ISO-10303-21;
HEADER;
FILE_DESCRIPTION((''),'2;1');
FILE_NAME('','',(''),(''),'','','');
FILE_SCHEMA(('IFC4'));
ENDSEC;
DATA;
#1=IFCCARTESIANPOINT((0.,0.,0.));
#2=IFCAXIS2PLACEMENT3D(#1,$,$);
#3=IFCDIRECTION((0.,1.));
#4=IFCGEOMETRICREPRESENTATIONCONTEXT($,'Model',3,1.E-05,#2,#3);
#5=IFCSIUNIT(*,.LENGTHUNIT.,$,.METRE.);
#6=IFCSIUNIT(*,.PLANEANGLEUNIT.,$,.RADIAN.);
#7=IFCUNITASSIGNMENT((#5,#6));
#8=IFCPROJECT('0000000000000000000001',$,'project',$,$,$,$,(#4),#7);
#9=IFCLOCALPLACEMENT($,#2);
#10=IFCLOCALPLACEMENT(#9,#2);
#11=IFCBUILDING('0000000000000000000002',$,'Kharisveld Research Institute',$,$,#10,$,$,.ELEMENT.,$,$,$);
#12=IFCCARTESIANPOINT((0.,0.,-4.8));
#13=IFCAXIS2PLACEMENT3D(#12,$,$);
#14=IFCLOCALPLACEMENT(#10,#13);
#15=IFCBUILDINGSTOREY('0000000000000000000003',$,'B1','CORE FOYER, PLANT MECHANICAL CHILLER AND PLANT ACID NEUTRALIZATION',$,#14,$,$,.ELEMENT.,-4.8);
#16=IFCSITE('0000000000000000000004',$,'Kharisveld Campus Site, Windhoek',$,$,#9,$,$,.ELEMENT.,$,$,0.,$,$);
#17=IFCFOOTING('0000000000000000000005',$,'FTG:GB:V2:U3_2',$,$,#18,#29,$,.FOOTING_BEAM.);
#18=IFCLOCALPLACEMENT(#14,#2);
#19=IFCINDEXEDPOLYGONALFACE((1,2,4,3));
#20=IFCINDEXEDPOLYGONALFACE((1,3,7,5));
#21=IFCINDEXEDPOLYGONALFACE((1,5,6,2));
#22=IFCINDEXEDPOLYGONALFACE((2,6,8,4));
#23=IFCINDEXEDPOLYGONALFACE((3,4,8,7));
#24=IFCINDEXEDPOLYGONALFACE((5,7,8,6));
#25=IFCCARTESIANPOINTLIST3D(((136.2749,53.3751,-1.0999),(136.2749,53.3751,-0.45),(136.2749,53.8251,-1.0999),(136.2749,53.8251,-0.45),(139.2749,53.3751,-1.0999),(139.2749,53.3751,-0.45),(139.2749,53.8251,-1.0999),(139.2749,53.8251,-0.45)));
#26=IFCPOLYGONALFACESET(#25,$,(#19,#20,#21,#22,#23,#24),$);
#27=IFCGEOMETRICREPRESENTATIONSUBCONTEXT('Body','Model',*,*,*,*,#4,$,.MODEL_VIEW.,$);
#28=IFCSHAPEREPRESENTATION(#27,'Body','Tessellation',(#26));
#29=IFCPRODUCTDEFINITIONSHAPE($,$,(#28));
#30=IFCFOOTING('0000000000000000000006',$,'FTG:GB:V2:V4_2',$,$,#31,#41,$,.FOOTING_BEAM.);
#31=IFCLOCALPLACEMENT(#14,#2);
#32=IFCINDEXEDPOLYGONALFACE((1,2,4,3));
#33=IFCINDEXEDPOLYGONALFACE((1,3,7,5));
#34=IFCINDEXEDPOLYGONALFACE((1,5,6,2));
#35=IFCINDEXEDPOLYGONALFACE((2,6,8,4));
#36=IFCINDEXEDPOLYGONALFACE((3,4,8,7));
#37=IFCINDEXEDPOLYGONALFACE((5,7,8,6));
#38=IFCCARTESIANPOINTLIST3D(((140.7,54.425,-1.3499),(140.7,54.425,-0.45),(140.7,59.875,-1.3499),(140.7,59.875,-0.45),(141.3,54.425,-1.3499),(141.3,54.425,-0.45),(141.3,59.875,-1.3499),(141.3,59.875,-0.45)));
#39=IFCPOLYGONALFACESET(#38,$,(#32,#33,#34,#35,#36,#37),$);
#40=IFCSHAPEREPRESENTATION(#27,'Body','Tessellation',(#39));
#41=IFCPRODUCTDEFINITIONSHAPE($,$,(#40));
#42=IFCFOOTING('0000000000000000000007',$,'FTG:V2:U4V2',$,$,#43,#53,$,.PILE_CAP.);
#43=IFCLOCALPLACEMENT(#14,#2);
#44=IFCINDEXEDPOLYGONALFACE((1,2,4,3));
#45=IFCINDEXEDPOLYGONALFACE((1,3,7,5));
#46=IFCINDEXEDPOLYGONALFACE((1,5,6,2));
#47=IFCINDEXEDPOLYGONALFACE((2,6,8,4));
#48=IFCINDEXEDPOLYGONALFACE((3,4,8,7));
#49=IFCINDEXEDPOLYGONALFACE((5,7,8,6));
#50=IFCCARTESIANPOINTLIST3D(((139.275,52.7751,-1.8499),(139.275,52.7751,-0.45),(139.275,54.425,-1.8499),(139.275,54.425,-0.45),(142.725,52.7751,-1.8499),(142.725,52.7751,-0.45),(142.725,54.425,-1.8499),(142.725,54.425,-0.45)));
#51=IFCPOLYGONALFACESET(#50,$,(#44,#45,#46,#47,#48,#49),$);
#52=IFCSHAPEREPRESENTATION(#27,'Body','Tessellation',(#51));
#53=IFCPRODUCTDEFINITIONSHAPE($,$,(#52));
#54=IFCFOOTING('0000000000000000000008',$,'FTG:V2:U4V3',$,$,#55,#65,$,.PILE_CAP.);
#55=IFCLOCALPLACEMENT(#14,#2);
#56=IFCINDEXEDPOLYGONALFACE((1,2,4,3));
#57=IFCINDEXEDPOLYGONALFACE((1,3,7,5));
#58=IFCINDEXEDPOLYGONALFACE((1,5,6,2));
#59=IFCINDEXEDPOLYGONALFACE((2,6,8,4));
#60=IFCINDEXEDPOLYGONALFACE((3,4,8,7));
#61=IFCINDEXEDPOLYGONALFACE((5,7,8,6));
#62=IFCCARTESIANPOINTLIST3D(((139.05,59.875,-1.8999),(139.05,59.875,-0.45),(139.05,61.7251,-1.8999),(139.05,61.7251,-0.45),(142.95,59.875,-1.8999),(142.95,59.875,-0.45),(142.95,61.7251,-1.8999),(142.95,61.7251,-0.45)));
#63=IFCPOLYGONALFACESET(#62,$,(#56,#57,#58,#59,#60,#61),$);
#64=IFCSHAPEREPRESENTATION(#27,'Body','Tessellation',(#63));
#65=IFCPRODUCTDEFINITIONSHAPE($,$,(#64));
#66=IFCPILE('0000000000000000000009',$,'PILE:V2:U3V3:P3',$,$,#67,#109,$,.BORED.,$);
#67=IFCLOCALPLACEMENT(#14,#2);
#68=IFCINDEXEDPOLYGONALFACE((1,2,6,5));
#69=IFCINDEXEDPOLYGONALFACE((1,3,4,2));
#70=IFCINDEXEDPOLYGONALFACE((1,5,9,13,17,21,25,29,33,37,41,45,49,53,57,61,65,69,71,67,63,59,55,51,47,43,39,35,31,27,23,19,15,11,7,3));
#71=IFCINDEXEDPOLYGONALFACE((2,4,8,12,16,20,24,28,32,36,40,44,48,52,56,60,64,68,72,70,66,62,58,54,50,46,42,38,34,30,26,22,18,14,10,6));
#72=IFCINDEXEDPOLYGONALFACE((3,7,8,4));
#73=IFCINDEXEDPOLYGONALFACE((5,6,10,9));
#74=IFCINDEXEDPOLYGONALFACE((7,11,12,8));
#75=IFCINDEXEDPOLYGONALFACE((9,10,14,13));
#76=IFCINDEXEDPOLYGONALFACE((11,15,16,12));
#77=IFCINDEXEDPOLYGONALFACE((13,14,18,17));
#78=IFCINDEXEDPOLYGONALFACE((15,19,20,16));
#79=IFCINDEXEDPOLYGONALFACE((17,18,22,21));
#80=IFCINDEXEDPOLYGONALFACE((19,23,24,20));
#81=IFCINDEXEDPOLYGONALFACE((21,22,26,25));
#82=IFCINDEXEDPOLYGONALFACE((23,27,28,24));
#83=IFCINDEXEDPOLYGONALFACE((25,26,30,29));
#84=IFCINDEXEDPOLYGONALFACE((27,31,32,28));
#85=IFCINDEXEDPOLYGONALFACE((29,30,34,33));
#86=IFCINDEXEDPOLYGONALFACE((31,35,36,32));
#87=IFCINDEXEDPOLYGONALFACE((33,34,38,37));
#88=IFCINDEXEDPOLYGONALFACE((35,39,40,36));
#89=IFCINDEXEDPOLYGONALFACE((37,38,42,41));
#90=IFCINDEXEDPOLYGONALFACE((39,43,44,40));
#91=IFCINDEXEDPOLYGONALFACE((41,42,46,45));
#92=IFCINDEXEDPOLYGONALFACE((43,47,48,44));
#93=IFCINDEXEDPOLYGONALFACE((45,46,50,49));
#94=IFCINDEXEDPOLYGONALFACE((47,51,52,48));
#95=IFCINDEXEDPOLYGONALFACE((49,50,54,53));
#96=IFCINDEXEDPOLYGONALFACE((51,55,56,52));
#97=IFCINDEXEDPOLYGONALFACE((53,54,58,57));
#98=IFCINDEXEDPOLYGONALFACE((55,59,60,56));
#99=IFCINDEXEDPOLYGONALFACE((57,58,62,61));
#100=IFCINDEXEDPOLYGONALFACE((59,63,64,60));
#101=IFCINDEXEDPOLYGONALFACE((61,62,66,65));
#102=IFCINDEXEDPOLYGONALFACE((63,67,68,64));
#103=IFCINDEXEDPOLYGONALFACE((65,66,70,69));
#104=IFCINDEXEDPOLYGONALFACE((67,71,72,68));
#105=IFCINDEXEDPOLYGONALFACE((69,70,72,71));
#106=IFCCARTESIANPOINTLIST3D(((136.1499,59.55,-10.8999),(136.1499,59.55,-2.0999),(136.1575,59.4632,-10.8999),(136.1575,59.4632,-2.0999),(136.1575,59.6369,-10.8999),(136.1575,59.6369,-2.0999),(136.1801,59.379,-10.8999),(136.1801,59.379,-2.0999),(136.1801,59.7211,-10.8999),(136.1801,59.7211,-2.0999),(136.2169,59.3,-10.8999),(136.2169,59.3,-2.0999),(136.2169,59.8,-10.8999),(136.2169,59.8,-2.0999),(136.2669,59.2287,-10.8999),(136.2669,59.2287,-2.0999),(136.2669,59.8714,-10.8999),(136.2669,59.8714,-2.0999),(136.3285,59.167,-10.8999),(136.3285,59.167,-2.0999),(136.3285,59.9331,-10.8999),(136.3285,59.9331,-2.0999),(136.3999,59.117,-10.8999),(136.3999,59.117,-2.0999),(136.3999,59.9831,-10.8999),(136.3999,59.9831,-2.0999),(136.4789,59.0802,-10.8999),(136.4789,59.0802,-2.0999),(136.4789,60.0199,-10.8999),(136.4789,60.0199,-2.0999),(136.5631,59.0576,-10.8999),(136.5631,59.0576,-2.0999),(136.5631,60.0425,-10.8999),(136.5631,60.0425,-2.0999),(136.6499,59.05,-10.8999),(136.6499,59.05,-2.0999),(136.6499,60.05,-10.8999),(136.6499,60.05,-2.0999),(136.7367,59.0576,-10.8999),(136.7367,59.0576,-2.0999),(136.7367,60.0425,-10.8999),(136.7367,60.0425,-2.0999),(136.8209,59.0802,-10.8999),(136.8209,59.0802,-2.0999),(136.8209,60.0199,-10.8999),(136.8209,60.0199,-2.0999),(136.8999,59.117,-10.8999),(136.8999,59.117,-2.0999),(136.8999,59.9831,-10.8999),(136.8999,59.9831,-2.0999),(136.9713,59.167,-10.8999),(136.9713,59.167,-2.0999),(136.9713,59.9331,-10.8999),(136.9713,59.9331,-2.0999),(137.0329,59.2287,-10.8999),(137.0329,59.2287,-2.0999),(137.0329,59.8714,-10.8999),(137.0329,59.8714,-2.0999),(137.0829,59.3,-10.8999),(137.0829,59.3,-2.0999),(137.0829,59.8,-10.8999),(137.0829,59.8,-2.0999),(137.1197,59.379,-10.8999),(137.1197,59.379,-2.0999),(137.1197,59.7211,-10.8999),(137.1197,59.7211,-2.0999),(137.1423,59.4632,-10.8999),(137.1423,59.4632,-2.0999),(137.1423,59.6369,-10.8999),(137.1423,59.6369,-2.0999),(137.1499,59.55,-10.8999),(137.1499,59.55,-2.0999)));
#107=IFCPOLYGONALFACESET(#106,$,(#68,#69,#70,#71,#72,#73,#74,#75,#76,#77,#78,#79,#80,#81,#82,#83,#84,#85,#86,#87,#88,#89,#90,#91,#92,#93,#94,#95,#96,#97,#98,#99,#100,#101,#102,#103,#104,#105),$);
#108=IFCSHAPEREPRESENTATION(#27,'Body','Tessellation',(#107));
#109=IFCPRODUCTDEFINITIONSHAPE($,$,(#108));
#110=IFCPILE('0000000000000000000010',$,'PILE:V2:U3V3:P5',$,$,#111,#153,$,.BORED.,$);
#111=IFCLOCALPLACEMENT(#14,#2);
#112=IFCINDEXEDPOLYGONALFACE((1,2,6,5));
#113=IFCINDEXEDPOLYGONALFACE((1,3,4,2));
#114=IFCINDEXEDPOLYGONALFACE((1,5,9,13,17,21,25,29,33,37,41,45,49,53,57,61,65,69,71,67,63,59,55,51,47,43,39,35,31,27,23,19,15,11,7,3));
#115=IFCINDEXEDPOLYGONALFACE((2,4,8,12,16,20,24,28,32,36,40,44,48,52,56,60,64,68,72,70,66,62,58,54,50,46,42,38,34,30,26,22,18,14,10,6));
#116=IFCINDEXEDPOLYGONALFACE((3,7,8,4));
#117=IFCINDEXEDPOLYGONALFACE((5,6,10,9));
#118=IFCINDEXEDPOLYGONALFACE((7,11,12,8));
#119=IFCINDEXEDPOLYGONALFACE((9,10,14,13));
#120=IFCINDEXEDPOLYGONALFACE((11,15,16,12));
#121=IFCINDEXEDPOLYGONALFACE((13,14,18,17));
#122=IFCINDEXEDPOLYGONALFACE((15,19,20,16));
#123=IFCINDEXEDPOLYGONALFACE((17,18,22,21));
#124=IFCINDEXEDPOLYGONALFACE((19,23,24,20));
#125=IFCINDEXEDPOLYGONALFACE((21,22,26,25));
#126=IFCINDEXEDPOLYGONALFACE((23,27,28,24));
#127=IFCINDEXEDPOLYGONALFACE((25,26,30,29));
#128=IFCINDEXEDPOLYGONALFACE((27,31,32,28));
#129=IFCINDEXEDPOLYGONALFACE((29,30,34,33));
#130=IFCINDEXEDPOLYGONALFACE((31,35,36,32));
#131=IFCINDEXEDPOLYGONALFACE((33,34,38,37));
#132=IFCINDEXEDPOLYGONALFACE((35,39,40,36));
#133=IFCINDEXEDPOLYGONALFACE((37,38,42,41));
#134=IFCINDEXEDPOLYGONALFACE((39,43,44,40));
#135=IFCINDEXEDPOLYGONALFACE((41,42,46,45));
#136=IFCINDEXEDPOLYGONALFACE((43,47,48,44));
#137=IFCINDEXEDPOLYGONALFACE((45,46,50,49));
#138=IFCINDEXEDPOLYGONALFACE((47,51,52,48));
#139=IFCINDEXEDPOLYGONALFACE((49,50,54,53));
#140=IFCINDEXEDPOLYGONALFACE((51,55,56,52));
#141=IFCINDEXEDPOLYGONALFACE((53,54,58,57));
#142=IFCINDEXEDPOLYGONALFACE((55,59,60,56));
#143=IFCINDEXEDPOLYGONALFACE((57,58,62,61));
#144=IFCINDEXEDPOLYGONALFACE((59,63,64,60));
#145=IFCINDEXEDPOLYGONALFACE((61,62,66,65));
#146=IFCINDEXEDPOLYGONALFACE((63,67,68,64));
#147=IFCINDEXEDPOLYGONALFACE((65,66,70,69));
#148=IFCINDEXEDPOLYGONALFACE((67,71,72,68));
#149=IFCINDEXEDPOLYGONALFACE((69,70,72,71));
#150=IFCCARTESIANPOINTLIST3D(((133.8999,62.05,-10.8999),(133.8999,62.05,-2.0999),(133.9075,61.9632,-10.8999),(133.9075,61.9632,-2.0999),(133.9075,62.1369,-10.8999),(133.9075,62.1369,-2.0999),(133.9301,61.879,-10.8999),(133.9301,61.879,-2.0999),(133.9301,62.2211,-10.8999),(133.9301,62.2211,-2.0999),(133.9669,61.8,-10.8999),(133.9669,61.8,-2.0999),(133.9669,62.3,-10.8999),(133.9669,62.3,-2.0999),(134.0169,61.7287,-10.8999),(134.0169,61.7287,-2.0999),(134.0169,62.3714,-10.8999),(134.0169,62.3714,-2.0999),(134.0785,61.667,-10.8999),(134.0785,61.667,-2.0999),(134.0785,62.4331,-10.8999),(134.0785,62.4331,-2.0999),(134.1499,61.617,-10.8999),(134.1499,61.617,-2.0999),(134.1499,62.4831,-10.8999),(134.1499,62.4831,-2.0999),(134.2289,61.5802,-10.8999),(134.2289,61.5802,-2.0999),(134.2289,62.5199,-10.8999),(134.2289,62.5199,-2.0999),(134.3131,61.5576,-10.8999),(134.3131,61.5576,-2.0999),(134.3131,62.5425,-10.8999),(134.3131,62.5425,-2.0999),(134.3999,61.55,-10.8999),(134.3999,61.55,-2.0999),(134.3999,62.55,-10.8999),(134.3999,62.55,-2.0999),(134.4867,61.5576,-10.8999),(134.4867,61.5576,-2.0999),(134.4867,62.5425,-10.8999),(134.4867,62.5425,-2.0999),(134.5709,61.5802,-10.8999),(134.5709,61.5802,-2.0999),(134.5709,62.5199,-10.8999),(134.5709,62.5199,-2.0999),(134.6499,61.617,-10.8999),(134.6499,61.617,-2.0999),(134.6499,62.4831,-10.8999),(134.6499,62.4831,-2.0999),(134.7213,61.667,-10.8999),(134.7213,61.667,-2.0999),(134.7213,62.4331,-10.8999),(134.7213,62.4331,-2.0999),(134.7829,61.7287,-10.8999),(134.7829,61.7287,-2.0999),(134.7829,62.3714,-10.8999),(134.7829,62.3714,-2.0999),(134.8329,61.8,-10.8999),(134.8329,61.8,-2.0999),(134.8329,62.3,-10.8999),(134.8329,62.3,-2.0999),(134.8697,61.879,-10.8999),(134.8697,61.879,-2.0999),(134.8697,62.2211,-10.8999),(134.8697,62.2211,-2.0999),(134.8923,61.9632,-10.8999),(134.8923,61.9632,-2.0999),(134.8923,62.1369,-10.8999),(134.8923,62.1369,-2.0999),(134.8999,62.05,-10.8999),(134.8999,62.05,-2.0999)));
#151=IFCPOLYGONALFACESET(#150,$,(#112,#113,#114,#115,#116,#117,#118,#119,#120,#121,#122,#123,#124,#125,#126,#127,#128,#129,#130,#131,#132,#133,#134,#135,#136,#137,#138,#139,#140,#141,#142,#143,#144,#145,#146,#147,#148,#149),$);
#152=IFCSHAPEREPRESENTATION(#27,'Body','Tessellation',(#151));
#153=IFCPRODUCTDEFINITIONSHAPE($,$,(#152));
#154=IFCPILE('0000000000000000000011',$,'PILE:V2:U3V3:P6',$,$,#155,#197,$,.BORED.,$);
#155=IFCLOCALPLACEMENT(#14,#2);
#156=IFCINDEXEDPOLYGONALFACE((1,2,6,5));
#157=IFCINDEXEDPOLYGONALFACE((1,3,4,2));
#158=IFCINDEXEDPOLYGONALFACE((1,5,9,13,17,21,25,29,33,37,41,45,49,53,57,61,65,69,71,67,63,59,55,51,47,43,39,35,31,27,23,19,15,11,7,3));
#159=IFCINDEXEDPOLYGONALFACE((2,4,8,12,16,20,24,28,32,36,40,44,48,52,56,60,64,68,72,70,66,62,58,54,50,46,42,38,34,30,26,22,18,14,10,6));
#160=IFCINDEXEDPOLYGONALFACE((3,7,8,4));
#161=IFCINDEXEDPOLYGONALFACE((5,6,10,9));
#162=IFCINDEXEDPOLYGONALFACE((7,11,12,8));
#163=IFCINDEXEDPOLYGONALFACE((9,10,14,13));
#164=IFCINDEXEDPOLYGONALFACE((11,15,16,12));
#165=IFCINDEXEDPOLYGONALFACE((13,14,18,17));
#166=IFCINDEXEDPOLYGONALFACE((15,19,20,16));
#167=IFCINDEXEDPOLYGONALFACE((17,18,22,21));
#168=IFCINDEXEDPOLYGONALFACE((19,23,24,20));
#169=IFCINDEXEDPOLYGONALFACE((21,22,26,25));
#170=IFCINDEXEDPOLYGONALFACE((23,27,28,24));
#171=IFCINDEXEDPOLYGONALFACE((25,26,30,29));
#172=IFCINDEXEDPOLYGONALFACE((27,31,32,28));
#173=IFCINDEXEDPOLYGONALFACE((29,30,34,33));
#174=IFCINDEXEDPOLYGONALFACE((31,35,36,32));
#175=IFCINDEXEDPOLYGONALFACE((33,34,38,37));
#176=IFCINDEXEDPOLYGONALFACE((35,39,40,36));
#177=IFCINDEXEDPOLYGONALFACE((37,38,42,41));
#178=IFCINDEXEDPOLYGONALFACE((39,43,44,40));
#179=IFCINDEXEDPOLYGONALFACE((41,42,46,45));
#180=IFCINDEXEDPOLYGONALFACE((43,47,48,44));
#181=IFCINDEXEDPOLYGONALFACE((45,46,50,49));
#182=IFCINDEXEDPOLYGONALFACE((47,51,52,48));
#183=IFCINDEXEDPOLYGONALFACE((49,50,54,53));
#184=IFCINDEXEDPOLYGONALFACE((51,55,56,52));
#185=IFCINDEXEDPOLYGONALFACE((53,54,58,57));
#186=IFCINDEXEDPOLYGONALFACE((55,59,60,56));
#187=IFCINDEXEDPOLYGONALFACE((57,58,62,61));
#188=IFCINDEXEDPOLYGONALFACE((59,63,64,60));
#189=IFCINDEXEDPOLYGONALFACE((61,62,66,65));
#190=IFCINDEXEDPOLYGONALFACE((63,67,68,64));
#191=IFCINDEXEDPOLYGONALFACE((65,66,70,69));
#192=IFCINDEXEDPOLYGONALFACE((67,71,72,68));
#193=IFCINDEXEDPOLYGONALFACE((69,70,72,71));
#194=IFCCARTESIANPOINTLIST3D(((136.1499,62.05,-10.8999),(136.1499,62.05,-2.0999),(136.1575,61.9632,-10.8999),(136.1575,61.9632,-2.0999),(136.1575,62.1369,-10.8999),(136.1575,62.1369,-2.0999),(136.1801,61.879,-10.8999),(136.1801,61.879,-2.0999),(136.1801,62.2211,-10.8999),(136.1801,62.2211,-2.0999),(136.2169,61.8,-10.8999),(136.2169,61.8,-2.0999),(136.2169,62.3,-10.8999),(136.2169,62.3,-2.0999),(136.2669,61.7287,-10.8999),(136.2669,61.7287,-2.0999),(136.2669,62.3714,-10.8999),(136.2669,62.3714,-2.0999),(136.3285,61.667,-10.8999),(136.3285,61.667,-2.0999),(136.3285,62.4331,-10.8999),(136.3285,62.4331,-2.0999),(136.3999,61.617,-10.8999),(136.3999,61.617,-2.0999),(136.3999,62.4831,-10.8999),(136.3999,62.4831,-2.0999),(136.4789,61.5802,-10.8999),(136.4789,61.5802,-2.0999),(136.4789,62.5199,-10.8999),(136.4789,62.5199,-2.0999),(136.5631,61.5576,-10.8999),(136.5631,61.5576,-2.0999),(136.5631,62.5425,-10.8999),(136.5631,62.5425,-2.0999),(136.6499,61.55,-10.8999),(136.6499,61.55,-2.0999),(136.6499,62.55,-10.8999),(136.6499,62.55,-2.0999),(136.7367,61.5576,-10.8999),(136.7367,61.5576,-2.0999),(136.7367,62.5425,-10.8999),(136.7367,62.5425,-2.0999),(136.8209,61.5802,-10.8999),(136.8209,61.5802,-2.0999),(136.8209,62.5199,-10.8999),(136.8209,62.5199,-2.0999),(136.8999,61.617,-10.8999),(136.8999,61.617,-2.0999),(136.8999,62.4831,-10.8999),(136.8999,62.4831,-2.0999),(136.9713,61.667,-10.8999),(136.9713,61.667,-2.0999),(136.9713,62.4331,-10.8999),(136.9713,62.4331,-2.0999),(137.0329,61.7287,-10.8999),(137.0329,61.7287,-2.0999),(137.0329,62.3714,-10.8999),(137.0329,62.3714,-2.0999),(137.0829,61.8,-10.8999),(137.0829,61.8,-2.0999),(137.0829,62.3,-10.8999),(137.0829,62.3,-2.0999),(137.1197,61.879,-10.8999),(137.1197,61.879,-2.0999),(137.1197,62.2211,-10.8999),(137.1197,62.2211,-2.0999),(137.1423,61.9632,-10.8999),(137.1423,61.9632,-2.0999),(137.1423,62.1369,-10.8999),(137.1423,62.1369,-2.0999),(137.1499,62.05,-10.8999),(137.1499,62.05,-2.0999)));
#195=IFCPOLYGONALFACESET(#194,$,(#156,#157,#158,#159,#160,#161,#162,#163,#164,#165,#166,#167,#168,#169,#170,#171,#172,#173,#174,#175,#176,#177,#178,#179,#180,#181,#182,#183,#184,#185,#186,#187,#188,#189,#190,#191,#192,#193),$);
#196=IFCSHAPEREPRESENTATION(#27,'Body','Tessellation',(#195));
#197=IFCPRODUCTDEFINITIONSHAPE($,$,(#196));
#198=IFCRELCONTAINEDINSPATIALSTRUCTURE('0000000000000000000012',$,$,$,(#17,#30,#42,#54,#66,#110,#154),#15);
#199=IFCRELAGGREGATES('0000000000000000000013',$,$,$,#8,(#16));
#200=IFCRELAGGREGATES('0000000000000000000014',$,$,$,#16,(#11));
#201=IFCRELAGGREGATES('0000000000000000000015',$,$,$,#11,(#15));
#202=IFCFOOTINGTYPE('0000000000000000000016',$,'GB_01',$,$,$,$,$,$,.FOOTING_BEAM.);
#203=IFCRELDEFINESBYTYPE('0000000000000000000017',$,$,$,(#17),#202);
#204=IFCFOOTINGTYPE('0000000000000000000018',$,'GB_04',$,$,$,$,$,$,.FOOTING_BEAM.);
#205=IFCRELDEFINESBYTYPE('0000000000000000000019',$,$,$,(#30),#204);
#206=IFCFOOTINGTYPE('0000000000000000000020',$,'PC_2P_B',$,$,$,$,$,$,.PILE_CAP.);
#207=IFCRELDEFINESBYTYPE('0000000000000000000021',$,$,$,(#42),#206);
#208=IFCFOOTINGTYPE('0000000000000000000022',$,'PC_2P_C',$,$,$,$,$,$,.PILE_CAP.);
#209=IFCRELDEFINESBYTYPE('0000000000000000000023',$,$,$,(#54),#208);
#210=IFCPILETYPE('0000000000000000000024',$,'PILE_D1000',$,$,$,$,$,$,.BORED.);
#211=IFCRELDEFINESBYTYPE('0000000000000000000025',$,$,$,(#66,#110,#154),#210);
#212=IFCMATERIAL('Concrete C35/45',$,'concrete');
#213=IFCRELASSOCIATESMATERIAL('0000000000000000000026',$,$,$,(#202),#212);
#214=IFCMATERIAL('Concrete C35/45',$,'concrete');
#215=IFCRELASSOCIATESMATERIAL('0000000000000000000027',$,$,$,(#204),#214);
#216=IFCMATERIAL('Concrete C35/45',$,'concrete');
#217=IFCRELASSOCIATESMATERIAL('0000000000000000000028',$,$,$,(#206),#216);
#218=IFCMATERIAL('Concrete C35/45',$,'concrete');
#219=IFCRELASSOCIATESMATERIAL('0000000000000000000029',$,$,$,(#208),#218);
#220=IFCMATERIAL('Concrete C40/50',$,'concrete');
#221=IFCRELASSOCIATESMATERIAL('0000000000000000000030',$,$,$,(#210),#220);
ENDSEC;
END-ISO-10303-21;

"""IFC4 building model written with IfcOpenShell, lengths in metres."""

from ifc_helpers import new_model, si_unit, direction, frame, origin, origin_2d, place, context, subcontext, project, spatial, rectangle, circle, extrude, material, material_profile, profile_set, type_object, element, save


model = new_model("IFC4")

# Units and contexts
model_context = context("Model", 3, precision=1e-05, world=origin(), true_north=direction((0.0, 1.0)))
body_context = subcontext(model_context, "Body", "Model", "MODEL_VIEW")
ifc_project = project(units=[si_unit("LENGTHUNIT", "METRE"), si_unit("PLANEANGLEUNIT", "RADIAN")], contexts=[model_context])

# Site, building, storey
site_placement = place(None, origin())
site = spatial("IfcSite", under=ifc_project, at=site_placement, Name="Kharisveld Campus Site, Windhoek", CompositionType="ELEMENT", RefElevation=0.0)
building_placement = place(site_placement, origin())
building = spatial("IfcBuilding", under=site, at=building_placement, Name="Kharisveld Research Institute", CompositionType="ELEMENT")
storey_placement = place(building_placement, frame((0.0, 0.0, -4.8)))
storey = spatial("IfcBuildingStorey", under=building, at=storey_placement, Name="B1", Description="CORE FOYER, PLANT MECHANICAL CHILLER AND PLANT ACID NEUTRALIZATION", CompositionType="ELEMENT", Elevation=-4.8)

# Footings
ifc_material_1 = material(Name="Concrete C35/45", Category="concrete")
ifc_material_profile_1 = material_profile(ifc_material_1, rectangle(XDim=0.45, YDim=0.6499, at=origin_2d()))
ifc_profile_set_1 = profile_set([ifc_material_profile_1], Name="Concrete C35/45")
footing_type_1 = type_object("IfcFootingType", Name="GB_01", PredefinedType="FOOTING_BEAM", material=ifc_profile_set_1)
footing_1_placement = place(storey_placement, frame((136.2749, 53.6001, -0.7749), z_axis=(1.0, 0.0, 0.0), x_axis=(0.0, 1.0, 0.0)))
element("IfcFooting", 1, at=footing_1_placement, inside=storey, type_object=footing_type_1, Name="FTG:GB:V2:U3_2", PredefinedType="FOOTING_BEAM", context=body_context, shape_type="SweptSolid", body=[
    extrude(rectangle(XDim=0.45, YDim=0.6499, at=origin_2d()), origin(), (0.0, 0.0, 1.0), 3.0),
])
ifc_material_2 = material(Name="Concrete C35/45", Category="concrete")
ifc_material_profile_2 = material_profile(ifc_material_2, rectangle(XDim=0.6001, YDim=0.8999, at=origin_2d()))
ifc_profile_set_2 = profile_set([ifc_material_profile_2], Name="Concrete C35/45")
footing_type_2 = type_object("IfcFootingType", Name="GB_04", PredefinedType="FOOTING_BEAM", material=ifc_profile_set_2)
footing_2_placement = place(storey_placement, frame((141.0, 54.425, -0.8999), z_axis=(0.0, 1.0, 0.0), x_axis=(-1.0, 0.0, 0.0)))
element("IfcFooting", 2, at=footing_2_placement, inside=storey, type_object=footing_type_2, Name="FTG:GB:V2:V4_2", PredefinedType="FOOTING_BEAM", context=body_context, shape_type="SweptSolid", body=[
    extrude(rectangle(XDim=0.6001, YDim=0.8999, at=origin_2d()), origin(), (0.0, 0.0, 1.0), 5.45),
])
ifc_material_3 = material(Name="Concrete C35/45", Category="concrete")
footing_type_3 = type_object("IfcFootingType", Name="PC_2P_B", PredefinedType="PILE_CAP", material=ifc_material_3)
footing_3_placement = place(storey_placement, frame((141.0, 53.6001, -1.8499), z_axis=(0.0, 0.0, 1.0), x_axis=(1.0, 0.0, 0.0)))
element("IfcFooting", 3, at=footing_3_placement, inside=storey, type_object=footing_type_3, Name="FTG:V2:U4V2", PredefinedType="PILE_CAP", context=body_context, shape_type="SweptSolid", body=[
    extrude(rectangle(XDim=3.45, YDim=1.6499, at=origin_2d()), origin(), (0.0, 0.0, 1.0), 1.3999),
])
ifc_material_4 = material(Name="Concrete C35/45", Category="concrete")
footing_type_4 = type_object("IfcFootingType", Name="PC_2P_C", PredefinedType="PILE_CAP", material=ifc_material_4)
footing_4_placement = place(storey_placement, frame((141.0, 60.8, -1.8999), z_axis=(0.0, 0.0, 1.0), x_axis=(1.0, 0.0, 0.0)))
element("IfcFooting", 4, at=footing_4_placement, inside=storey, type_object=footing_type_4, Name="FTG:V2:U4V3", PredefinedType="PILE_CAP", context=body_context, shape_type="SweptSolid", body=[
    extrude(rectangle(XDim=3.8999, YDim=1.8501, at=origin_2d()), origin(), (0.0, 0.0, 1.0), 1.45),
])

# Piles
ifc_material_5 = material(Name="Concrete C40/50", Category="concrete")
ifc_material_profile_3 = material_profile(ifc_material_5, circle(Radius=0.5, at=origin_2d()))
ifc_profile_set_3 = profile_set([ifc_material_profile_3], Name="Concrete C40/50")
pile_type_1 = type_object("IfcPileType", Name="PILE_D1000", PredefinedType="BORED", material=ifc_profile_set_3)
for number, where, z_axis, x_axis, name in (
    (5, (136.6499, 59.55, -2.0999), (0.0, 0.0, -1.0), (1.0, 0.0, 0.0), "PILE:V2:U3V3:P3"),
    (6, (134.3999, 62.05, -2.0999), (0.0, 0.0, -1.0), (1.0, 0.0, 0.0), "PILE:V2:U3V3:P5"),
    (7, (136.6499, 62.05, -2.0999), (0.0, 0.0, -1.0), (1.0, 0.0, 0.0), "PILE:V2:U3V3:P6"),
):
    element("IfcPile", number, at=place(storey_placement, frame(where, z_axis=z_axis, x_axis=x_axis)), inside=storey, type_object=pile_type_1, Name=name, PredefinedType="BORED", context=body_context, shape_type="SweptSolid", body=[
        extrude(circle(Radius=0.5, at=origin_2d()), origin(), (0.0, 0.0, 1.0), 8.8),
    ])

save(model, "model.ifc")
